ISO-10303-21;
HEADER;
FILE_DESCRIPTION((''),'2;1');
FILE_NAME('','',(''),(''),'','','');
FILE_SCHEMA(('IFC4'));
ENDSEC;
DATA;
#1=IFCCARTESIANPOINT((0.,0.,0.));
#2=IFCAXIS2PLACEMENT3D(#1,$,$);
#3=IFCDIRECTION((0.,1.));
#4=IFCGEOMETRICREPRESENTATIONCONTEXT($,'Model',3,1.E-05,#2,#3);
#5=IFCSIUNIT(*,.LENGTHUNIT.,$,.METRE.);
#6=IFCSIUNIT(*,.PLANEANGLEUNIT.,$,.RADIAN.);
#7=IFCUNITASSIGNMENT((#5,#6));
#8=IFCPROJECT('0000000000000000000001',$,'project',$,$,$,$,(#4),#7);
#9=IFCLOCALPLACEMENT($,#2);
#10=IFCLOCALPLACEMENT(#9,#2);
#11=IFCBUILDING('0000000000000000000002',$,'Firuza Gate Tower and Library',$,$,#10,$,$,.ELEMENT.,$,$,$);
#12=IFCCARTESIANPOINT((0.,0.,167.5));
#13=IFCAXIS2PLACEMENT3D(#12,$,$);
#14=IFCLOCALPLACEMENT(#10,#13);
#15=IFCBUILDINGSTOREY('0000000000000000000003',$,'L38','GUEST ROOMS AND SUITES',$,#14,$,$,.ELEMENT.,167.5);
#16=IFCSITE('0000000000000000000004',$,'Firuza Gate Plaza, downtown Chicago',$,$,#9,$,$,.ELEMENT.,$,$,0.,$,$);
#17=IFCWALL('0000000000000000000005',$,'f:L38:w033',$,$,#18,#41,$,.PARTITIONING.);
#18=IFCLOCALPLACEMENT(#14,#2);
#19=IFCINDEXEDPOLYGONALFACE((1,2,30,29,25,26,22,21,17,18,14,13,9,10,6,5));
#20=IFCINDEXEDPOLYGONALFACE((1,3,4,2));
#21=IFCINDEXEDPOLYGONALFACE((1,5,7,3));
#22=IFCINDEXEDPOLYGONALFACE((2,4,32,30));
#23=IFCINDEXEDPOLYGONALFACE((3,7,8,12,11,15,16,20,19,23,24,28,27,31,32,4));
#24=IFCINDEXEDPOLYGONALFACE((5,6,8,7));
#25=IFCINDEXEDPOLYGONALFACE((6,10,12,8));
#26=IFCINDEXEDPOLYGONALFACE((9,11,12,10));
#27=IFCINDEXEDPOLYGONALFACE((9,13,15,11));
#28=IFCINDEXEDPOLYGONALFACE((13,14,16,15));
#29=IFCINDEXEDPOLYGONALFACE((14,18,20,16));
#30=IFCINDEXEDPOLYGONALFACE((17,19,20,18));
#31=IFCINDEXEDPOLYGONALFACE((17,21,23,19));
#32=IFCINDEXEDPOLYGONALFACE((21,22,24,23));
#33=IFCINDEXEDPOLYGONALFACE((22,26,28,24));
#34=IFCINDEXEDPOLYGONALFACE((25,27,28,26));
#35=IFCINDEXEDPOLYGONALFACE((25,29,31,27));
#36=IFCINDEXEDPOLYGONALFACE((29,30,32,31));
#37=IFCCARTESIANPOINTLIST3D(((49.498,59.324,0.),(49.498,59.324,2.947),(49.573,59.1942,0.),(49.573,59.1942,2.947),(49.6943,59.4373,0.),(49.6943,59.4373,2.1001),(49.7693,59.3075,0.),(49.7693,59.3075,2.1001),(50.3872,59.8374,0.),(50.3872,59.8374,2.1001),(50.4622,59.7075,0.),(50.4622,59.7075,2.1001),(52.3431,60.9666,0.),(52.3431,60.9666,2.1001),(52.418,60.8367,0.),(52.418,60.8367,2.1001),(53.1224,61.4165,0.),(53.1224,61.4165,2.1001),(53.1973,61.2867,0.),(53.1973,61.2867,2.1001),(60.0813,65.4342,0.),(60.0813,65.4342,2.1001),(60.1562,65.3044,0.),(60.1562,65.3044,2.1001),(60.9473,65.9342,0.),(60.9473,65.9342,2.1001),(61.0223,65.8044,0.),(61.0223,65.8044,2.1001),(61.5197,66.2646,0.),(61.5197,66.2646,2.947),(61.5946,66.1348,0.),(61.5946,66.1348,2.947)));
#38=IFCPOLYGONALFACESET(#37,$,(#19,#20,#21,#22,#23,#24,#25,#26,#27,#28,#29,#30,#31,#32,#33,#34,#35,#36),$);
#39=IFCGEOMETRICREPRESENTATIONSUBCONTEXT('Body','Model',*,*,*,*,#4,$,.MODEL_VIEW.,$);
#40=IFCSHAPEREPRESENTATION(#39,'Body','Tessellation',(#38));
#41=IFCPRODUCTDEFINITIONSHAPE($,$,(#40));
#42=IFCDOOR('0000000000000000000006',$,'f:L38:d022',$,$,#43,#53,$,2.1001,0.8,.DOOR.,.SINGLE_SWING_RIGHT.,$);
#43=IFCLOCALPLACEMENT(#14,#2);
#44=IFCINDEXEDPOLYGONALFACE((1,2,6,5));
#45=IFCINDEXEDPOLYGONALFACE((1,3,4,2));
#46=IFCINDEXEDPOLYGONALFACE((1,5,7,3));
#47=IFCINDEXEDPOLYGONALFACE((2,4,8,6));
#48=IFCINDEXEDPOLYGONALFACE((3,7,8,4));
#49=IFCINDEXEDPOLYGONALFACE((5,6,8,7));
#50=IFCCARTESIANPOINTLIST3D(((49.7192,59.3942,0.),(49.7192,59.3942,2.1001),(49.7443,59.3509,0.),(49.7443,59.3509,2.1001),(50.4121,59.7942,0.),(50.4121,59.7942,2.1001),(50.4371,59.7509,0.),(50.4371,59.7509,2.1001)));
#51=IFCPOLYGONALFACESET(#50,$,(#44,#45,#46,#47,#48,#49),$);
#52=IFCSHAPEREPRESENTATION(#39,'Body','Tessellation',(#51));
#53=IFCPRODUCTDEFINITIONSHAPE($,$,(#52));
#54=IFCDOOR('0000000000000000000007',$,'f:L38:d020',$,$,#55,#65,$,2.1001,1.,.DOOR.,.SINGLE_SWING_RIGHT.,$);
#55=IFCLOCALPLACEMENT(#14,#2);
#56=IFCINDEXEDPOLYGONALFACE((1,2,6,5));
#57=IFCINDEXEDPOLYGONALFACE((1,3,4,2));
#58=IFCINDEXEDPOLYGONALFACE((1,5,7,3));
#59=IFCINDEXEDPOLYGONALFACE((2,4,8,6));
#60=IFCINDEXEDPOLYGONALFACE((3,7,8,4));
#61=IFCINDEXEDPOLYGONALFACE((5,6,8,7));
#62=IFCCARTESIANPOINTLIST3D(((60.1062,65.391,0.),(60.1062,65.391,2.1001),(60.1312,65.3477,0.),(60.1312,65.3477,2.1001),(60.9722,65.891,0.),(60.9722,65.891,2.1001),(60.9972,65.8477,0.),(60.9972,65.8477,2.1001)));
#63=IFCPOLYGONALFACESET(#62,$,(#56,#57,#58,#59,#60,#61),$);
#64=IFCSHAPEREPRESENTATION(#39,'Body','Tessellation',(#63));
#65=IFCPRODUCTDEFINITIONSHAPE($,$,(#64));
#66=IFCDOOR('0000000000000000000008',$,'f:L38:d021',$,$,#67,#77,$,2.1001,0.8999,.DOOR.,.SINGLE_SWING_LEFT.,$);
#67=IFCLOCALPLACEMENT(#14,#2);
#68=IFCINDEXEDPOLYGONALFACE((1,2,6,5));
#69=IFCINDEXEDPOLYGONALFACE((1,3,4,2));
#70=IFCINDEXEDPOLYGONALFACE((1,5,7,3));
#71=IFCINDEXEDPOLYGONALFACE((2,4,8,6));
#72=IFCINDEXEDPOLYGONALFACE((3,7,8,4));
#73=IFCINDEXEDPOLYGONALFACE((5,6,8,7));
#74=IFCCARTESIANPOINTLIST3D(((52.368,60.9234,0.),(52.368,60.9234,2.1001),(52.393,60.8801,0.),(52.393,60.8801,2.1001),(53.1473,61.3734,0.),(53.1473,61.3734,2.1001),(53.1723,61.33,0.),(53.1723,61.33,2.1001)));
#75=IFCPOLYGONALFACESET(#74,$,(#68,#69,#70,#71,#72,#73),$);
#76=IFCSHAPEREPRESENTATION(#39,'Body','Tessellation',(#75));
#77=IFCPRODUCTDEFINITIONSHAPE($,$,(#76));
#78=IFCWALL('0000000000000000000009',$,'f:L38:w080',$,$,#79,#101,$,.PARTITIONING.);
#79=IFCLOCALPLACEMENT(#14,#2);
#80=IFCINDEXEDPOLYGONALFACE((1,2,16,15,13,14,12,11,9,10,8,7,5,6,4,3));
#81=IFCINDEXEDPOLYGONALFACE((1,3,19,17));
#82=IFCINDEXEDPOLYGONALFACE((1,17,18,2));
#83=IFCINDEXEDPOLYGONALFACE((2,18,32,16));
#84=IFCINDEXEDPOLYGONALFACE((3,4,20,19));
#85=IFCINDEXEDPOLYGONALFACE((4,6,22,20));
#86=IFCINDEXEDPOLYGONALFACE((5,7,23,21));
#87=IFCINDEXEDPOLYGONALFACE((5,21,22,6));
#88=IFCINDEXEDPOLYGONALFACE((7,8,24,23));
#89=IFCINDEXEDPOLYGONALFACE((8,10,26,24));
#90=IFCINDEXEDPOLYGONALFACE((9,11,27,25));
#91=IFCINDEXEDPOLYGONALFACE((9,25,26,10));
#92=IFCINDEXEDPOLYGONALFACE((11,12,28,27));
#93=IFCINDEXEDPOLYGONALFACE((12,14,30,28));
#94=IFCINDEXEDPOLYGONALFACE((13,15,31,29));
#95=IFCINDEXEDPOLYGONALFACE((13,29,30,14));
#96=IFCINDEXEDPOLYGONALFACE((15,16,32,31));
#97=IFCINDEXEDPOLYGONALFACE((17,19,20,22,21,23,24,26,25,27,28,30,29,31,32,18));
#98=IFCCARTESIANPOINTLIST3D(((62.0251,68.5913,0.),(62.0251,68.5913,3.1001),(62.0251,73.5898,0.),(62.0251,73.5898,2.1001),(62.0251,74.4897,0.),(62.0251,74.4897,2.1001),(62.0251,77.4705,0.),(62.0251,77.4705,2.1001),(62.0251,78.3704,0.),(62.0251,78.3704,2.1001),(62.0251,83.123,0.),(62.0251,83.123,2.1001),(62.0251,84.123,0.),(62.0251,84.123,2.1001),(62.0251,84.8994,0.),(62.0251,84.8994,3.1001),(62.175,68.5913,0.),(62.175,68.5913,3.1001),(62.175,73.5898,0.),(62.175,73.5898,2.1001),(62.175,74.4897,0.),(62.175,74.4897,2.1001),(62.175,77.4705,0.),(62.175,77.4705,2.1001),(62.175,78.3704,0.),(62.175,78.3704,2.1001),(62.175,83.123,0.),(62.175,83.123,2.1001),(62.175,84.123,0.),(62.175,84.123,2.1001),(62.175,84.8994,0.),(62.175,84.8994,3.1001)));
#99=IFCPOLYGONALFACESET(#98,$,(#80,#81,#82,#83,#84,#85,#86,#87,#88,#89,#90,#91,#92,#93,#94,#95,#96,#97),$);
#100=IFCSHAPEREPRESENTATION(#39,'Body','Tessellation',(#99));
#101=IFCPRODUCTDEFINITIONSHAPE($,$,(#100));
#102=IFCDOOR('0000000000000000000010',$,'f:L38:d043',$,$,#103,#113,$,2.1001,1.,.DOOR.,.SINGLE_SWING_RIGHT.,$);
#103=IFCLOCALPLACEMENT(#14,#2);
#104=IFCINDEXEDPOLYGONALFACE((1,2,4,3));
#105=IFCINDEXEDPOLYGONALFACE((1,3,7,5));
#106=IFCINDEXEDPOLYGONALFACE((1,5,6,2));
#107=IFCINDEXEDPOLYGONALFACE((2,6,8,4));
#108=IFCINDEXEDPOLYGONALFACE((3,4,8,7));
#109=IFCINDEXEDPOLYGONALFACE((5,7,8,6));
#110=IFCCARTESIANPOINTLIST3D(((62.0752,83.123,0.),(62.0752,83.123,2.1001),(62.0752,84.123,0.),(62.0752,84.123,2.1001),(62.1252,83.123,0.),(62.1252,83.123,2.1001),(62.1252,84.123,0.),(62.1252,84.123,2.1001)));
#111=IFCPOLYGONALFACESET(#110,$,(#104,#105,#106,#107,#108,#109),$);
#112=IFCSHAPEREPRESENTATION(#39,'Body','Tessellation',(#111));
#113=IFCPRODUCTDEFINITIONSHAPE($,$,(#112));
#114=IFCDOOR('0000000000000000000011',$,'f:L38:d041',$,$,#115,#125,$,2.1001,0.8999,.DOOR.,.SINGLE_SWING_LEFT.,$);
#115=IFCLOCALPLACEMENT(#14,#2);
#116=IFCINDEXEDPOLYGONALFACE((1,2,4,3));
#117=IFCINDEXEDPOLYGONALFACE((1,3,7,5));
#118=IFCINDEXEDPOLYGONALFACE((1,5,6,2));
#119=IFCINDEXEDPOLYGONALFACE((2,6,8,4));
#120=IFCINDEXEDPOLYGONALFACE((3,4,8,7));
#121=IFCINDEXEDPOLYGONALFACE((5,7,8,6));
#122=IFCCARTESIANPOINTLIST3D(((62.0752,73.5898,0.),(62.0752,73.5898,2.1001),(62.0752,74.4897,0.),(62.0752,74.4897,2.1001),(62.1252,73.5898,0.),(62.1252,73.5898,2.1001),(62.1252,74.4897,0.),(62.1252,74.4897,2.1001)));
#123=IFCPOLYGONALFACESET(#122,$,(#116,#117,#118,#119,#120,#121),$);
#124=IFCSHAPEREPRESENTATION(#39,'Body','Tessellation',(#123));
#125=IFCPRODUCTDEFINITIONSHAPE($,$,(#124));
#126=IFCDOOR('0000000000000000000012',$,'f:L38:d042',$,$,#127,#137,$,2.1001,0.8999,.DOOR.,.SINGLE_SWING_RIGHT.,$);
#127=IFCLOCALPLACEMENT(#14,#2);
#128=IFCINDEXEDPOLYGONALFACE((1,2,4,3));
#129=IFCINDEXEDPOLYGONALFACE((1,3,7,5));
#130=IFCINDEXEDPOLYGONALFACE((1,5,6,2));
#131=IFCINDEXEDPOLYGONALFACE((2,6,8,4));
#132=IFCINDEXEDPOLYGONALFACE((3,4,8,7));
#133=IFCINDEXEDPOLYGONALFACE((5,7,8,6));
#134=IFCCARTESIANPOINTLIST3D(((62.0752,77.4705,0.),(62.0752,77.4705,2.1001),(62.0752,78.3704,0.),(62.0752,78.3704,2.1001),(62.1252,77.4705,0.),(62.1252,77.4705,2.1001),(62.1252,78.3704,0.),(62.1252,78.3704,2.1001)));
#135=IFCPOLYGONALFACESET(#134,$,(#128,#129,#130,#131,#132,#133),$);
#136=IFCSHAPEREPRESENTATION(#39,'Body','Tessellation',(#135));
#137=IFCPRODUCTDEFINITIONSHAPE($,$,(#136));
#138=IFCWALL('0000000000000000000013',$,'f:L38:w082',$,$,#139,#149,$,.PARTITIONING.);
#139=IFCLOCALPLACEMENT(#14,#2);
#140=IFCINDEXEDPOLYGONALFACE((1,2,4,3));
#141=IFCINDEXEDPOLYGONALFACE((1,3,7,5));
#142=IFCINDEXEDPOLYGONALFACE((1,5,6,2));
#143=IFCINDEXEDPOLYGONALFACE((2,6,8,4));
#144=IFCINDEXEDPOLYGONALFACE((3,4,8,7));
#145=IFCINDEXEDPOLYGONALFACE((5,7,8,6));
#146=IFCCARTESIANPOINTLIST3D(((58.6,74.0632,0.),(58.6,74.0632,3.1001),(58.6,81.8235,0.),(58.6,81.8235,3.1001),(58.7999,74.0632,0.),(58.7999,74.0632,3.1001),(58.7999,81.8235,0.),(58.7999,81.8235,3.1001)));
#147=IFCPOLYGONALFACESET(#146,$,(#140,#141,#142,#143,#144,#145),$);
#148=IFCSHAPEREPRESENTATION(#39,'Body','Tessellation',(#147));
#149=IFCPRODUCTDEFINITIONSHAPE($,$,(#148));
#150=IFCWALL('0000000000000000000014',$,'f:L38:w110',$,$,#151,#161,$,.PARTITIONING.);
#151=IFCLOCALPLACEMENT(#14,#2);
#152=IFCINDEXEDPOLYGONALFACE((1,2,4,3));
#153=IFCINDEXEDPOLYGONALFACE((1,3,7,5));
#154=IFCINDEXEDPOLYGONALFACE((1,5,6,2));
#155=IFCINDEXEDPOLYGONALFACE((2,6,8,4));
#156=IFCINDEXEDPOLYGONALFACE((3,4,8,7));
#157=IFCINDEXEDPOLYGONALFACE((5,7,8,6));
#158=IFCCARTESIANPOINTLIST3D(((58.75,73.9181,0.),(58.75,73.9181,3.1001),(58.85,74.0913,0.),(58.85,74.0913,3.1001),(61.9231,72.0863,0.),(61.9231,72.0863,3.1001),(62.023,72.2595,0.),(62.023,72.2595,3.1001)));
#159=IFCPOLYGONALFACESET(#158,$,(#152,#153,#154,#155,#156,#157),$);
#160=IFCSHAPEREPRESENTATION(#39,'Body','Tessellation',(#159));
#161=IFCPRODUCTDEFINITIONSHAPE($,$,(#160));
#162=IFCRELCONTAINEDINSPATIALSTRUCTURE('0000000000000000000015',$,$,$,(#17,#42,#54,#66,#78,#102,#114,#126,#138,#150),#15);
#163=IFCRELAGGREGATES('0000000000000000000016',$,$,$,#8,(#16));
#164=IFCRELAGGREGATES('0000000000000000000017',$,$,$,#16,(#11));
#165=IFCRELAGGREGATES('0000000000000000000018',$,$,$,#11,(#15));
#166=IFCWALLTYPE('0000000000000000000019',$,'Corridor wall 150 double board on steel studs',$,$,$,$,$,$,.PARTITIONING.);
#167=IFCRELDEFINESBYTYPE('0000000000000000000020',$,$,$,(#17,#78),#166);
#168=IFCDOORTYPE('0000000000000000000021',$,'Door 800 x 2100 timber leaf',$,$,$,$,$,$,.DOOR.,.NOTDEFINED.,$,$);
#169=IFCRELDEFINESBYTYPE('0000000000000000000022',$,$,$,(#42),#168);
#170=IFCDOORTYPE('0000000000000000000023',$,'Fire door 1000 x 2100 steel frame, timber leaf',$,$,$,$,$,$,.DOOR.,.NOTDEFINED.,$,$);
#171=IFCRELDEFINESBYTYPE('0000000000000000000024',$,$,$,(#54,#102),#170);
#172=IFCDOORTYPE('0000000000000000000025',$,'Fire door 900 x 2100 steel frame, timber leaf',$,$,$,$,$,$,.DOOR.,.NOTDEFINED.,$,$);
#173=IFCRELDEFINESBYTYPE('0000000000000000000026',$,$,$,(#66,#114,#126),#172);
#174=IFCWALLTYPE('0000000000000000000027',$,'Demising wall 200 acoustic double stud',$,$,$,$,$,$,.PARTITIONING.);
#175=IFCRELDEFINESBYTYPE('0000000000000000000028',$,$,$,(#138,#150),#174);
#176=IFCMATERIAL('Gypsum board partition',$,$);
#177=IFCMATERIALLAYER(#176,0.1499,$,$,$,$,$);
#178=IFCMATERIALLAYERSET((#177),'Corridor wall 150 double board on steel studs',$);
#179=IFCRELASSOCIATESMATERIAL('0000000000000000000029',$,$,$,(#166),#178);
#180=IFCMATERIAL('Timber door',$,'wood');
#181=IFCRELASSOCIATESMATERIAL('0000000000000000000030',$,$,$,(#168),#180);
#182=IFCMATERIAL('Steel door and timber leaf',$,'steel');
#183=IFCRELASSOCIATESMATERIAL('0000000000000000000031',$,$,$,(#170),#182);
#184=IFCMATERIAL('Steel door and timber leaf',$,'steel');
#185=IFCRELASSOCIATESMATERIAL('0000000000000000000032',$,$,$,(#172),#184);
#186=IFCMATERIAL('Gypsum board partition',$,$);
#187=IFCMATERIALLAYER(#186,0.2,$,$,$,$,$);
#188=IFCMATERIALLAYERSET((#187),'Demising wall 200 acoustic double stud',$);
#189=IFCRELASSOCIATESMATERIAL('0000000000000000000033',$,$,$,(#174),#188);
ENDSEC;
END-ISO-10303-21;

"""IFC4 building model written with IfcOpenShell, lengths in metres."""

from ifc_helpers import new_model, si_unit, direction, frame, frame_2d, origin, place, context, subcontext, project, spatial, rectangle, extrude, material, layer, layer_set, type_object, element, fill, save


model = new_model("IFC4")

# Units and contexts
model_context = context("Model", 3, precision=1e-05, world=origin(), true_north=direction((0.0, 1.0)))
body_context = subcontext(model_context, "Body", "Model", "MODEL_VIEW")
ifc_project = project(units=[si_unit("LENGTHUNIT", "METRE"), si_unit("PLANEANGLEUNIT", "RADIAN")], contexts=[model_context])

# Site, building, storey
site_placement = place(None, origin())
site = spatial("IfcSite", under=ifc_project, at=site_placement, Name="Firuza Gate Plaza, downtown Chicago", CompositionType="ELEMENT", RefElevation=0.0)
building_placement = place(site_placement, origin())
building = spatial("IfcBuilding", under=site, at=building_placement, Name="Firuza Gate Tower and Library", CompositionType="ELEMENT")
storey_placement = place(building_placement, frame((0.0, 0.0, 167.5)))
storey = spatial("IfcBuildingStorey", under=building, at=storey_placement, Name="L38", Description="GUEST ROOMS AND SUITES", CompositionType="ELEMENT", Elevation=167.5)

# Walls, openings, doors
ifc_material_1 = material(Name="Gypsum board partition")
ifc_layer_1 = layer(ifc_material_1, 0.1499)
ifc_layer_set_1 = layer_set([ifc_layer_1], Name="Corridor wall 150 double board on steel studs")
wall_type_1 = type_object("IfcWallType", Name="Corridor wall 150 double board on steel studs", PredefinedType="PARTITIONING", material=ifc_layer_set_1)
wall_1_placement = place(storey_placement, frame((61.5571, 66.1997, 0.0), z_axis=(0.0, 0.0, 1.0), x_axis=(-0.866028, -0.499996, 0.0)))
wall_1 = element("IfcWall", 1, at=wall_1_placement, inside=storey, type_object=wall_type_1, Name="f:L38:w033", PredefinedType="PARTITIONING", context=body_context, shape_type="SweptSolid", body=[
    extrude(rectangle(XDim=13.8813, YDim=0.1499, at=frame_2d((6.9407, 0.0))), origin(), (0.0, 0.0, 1.0), 2.947),
])
opening_1_placement = place(wall_1_placement, frame((0.6609, 0.0, 0.0)))
opening_1 = element("IfcOpeningElement", 2, at=opening_1_placement, cuts=wall_1, PredefinedType="OPENING", context=body_context, shape_type="SweptSolid", body=[
    extrude(rectangle(XDim=1.0, YDim=2.1001, at=frame_2d((0.5, 1.05))), frame((0.0, 0.085, 0.0), z_axis=(0.0, -1.0, 0.0), x_axis=(1.0, 0.0, 0.0)), (0.0, 0.0, 1.0), 0.1699),
])
opening_2_placement = place(wall_1_placement, frame((9.6963, 0.0, 0.0)))
opening_2 = element("IfcOpeningElement", 3, at=opening_2_placement, cuts=wall_1, PredefinedType="OPENING", context=body_context, shape_type="SweptSolid", body=[
    extrude(rectangle(XDim=0.8999, YDim=2.1001, at=frame_2d((0.45, 1.05))), frame((0.0, 0.085, 0.0), z_axis=(0.0, -1.0, 0.0), x_axis=(1.0, 0.0, 0.0)), (0.0, 0.0, 1.0), 0.1699),
])
opening_3_placement = place(wall_1_placement, frame((12.8547, 0.0, 0.0)))
opening_3 = element("IfcOpeningElement", 4, at=opening_3_placement, cuts=wall_1, PredefinedType="OPENING", context=body_context, shape_type="SweptSolid", body=[
    extrude(rectangle(XDim=0.8, YDim=2.1001, at=frame_2d((0.3999, 1.05))), frame((0.0, 0.085, 0.0), z_axis=(0.0, -1.0, 0.0), x_axis=(1.0, 0.0, 0.0)), (0.0, 0.0, 1.0), 0.1699),
])
ifc_material_2 = material(Name="Timber door", Category="wood")
door_type_1 = type_object("IfcDoorType", Name="Door 800 x 2100 timber leaf", OperationType="NOTDEFINED", PredefinedType="DOOR", material=ifc_material_2)
door_1_placement = place(opening_3_placement, origin())
door_1 = element("IfcDoor", 5, at=door_1_placement, inside=storey, type_object=door_type_1, Name="f:L38:d022", OperationType="SINGLE_SWING_RIGHT", OverallHeight=2.1001, OverallWidth=0.8, PredefinedType="DOOR", context=body_context, shape_type="SweptSolid", body=[
    extrude(rectangle(XDim=0.8, YDim=2.1001, at=frame_2d((0.3999, 1.05))), frame((0.0, 0.0249, 0.0), z_axis=(0.0, -1.0, 0.0), x_axis=(1.0, 0.0, 0.0)), (0.0, 0.0, 1.0), 0.05),
])
fill(opening_3, door_1)
ifc_material_3 = material(Name="Steel door and timber leaf", Category="steel")
door_type_2 = type_object("IfcDoorType", Name="Fire door 1000 x 2100 steel frame, timber leaf", OperationType="NOTDEFINED", PredefinedType="DOOR", material=ifc_material_3)
door_2_placement = place(opening_1_placement, origin())
door_2 = element("IfcDoor", 6, at=door_2_placement, inside=storey, type_object=door_type_2, Name="f:L38:d020", OperationType="SINGLE_SWING_RIGHT", OverallHeight=2.1001, OverallWidth=1.0, PredefinedType="DOOR", context=body_context, shape_type="SweptSolid", body=[
    extrude(rectangle(XDim=1.0, YDim=2.1001, at=frame_2d((0.5, 1.05))), frame((0.0, 0.0249, 0.0), z_axis=(0.0, -1.0, 0.0), x_axis=(1.0, 0.0, 0.0)), (0.0, 0.0, 1.0), 0.05),
])
fill(opening_1, door_2)
ifc_material_4 = material(Name="Steel door and timber leaf", Category="steel")
door_type_3 = type_object("IfcDoorType", Name="Fire door 900 x 2100 steel frame, timber leaf", OperationType="NOTDEFINED", PredefinedType="DOOR", material=ifc_material_4)
door_3_placement = place(opening_2_placement, origin())
door_3 = element("IfcDoor", 7, at=door_3_placement, inside=storey, type_object=door_type_3, Name="f:L38:d021", OperationType="SINGLE_SWING_LEFT", OverallHeight=2.1001, OverallWidth=0.8999, PredefinedType="DOOR", context=body_context, shape_type="SweptSolid", body=[
    extrude(rectangle(XDim=0.8999, YDim=2.1001, at=frame_2d((0.45, 1.05))), frame((0.0, 0.0249, 0.0), z_axis=(0.0, -1.0, 0.0), x_axis=(1.0, 0.0, 0.0)), (0.0, 0.0, 1.0), 0.05),
])
fill(opening_2, door_3)
wall_2_placement = place(storey_placement, frame((62.1001, 68.5913, 0.0), z_axis=(0.0, 0.0, 1.0), x_axis=(0.0, 1.0, 0.0)))
wall_2 = element("IfcWall", 8, at=wall_2_placement, inside=storey, type_object=wall_type_1, Name="f:L38:w080", PredefinedType="PARTITIONING", context=body_context, shape_type="SweptSolid", body=[
    extrude(rectangle(XDim=16.3081, YDim=0.1499, at=frame_2d((8.1541, 0.0))), origin(), (0.0, 0.0, 1.0), 3.1001),
])
opening_4_placement = place(wall_2_placement, frame((4.9985, 0.0, 0.0)))
opening_4 = element("IfcOpeningElement", 9, at=opening_4_placement, cuts=wall_2, PredefinedType="OPENING", context=body_context, shape_type="SweptSolid", body=[
    extrude(rectangle(XDim=0.8999, YDim=2.1001, at=frame_2d((0.45, 1.05))), frame((0.0, 0.085, 0.0), z_axis=(0.0, -1.0, 0.0), x_axis=(1.0, 0.0, 0.0)), (0.0, 0.0, 1.0), 0.1699),
])
opening_5_placement = place(wall_2_placement, frame((8.8792, 0.0, 0.0)))
opening_5 = element("IfcOpeningElement", 10, at=opening_5_placement, cuts=wall_2, PredefinedType="OPENING", context=body_context, shape_type="SweptSolid", body=[
    extrude(rectangle(XDim=0.8999, YDim=2.1001, at=frame_2d((0.45, 1.05))), frame((0.0, 0.085, 0.0), z_axis=(0.0, -1.0, 0.0), x_axis=(1.0, 0.0, 0.0)), (0.0, 0.0, 1.0), 0.1699),
])
opening_6_placement = place(wall_2_placement, frame((14.5317, 0.0, 0.0)))
opening_6 = element("IfcOpeningElement", 11, at=opening_6_placement, cuts=wall_2, PredefinedType="OPENING", context=body_context, shape_type="SweptSolid", body=[
    extrude(rectangle(XDim=1.0, YDim=2.1001, at=frame_2d((0.5, 1.05))), frame((0.0, 0.085, 0.0), z_axis=(0.0, -1.0, 0.0), x_axis=(1.0, 0.0, 0.0)), (0.0, 0.0, 1.0), 0.1699),
])
door_4_placement = place(opening_6_placement, origin())
door_4 = element("IfcDoor", 12, at=door_4_placement, inside=storey, type_object=door_type_2, Name="f:L38:d043", OperationType="SINGLE_SWING_RIGHT", OverallHeight=2.1001, OverallWidth=1.0, PredefinedType="DOOR", context=body_context, shape_type="SweptSolid", body=[
    extrude(rectangle(XDim=1.0, YDim=2.1001, at=frame_2d((0.5, 1.05))), frame((0.0, 0.0249, 0.0), z_axis=(0.0, -1.0, 0.0), x_axis=(1.0, 0.0, 0.0)), (0.0, 0.0, 1.0), 0.05),
])
fill(opening_6, door_4)
door_5_placement = place(opening_4_placement, origin())
door_5 = element("IfcDoor", 13, at=door_5_placement, inside=storey, type_object=door_type_3, Name="f:L38:d041", OperationType="SINGLE_SWING_LEFT", OverallHeight=2.1001, OverallWidth=0.8999, PredefinedType="DOOR", context=body_context, shape_type="SweptSolid", body=[
    extrude(rectangle(XDim=0.8999, YDim=2.1001, at=frame_2d((0.45, 1.05))), frame((0.0, 0.0249, 0.0), z_axis=(0.0, -1.0, 0.0), x_axis=(1.0, 0.0, 0.0)), (0.0, 0.0, 1.0), 0.05),
])
fill(opening_4, door_5)
door_6_placement = place(opening_5_placement, origin())
door_6 = element("IfcDoor", 14, at=door_6_placement, inside=storey, type_object=door_type_3, Name="f:L38:d042", OperationType="SINGLE_SWING_RIGHT", OverallHeight=2.1001, OverallWidth=0.8999, PredefinedType="DOOR", context=body_context, shape_type="SweptSolid", body=[
    extrude(rectangle(XDim=0.8999, YDim=2.1001, at=frame_2d((0.45, 1.05))), frame((0.0, 0.0249, 0.0), z_axis=(0.0, -1.0, 0.0), x_axis=(1.0, 0.0, 0.0)), (0.0, 0.0, 1.0), 0.05),
])
fill(opening_5, door_6)

# Walls
ifc_material_5 = material(Name="Gypsum board partition")
ifc_layer_2 = layer(ifc_material_5, 0.2)
ifc_layer_set_2 = layer_set([ifc_layer_2], Name="Demising wall 200 acoustic double stud")
wall_type_2 = type_object("IfcWallType", Name="Demising wall 200 acoustic double stud", PredefinedType="PARTITIONING", material=ifc_layer_set_2)
wall_3_placement = place(storey_placement, frame((58.7, 74.0632, 0.0), z_axis=(0.0, 0.0, 1.0), x_axis=(0.0, 1.0, 0.0)))
element("IfcWall", 15, at=wall_3_placement, inside=storey, type_object=wall_type_2, Name="f:L38:w082", PredefinedType="PARTITIONING", context=body_context, shape_type="SweptSolid", body=[
    extrude(rectangle(XDim=7.7603, YDim=0.2, at=frame_2d((3.8801, 0.0))), origin(), (0.0, 0.0, 1.0), 3.1001),
])
wall_4_placement = place(storey_placement, frame((61.9731, 72.1729, 0.0), z_axis=(0.0, 0.0, 1.0), x_axis=(-0.866049, 0.499959, 0.0)))
element("IfcWall", 16, at=wall_4_placement, inside=storey, type_object=wall_type_2, Name="f:L38:w110", PredefinedType="PARTITIONING", context=body_context, shape_type="SweptSolid", body=[
    extrude(rectangle(XDim=3.6638, YDim=0.2, at=frame_2d((1.832, 0.0))), origin(), (0.0, 0.0, 1.0), 3.1001),
])

save(model, "model.ifc")
